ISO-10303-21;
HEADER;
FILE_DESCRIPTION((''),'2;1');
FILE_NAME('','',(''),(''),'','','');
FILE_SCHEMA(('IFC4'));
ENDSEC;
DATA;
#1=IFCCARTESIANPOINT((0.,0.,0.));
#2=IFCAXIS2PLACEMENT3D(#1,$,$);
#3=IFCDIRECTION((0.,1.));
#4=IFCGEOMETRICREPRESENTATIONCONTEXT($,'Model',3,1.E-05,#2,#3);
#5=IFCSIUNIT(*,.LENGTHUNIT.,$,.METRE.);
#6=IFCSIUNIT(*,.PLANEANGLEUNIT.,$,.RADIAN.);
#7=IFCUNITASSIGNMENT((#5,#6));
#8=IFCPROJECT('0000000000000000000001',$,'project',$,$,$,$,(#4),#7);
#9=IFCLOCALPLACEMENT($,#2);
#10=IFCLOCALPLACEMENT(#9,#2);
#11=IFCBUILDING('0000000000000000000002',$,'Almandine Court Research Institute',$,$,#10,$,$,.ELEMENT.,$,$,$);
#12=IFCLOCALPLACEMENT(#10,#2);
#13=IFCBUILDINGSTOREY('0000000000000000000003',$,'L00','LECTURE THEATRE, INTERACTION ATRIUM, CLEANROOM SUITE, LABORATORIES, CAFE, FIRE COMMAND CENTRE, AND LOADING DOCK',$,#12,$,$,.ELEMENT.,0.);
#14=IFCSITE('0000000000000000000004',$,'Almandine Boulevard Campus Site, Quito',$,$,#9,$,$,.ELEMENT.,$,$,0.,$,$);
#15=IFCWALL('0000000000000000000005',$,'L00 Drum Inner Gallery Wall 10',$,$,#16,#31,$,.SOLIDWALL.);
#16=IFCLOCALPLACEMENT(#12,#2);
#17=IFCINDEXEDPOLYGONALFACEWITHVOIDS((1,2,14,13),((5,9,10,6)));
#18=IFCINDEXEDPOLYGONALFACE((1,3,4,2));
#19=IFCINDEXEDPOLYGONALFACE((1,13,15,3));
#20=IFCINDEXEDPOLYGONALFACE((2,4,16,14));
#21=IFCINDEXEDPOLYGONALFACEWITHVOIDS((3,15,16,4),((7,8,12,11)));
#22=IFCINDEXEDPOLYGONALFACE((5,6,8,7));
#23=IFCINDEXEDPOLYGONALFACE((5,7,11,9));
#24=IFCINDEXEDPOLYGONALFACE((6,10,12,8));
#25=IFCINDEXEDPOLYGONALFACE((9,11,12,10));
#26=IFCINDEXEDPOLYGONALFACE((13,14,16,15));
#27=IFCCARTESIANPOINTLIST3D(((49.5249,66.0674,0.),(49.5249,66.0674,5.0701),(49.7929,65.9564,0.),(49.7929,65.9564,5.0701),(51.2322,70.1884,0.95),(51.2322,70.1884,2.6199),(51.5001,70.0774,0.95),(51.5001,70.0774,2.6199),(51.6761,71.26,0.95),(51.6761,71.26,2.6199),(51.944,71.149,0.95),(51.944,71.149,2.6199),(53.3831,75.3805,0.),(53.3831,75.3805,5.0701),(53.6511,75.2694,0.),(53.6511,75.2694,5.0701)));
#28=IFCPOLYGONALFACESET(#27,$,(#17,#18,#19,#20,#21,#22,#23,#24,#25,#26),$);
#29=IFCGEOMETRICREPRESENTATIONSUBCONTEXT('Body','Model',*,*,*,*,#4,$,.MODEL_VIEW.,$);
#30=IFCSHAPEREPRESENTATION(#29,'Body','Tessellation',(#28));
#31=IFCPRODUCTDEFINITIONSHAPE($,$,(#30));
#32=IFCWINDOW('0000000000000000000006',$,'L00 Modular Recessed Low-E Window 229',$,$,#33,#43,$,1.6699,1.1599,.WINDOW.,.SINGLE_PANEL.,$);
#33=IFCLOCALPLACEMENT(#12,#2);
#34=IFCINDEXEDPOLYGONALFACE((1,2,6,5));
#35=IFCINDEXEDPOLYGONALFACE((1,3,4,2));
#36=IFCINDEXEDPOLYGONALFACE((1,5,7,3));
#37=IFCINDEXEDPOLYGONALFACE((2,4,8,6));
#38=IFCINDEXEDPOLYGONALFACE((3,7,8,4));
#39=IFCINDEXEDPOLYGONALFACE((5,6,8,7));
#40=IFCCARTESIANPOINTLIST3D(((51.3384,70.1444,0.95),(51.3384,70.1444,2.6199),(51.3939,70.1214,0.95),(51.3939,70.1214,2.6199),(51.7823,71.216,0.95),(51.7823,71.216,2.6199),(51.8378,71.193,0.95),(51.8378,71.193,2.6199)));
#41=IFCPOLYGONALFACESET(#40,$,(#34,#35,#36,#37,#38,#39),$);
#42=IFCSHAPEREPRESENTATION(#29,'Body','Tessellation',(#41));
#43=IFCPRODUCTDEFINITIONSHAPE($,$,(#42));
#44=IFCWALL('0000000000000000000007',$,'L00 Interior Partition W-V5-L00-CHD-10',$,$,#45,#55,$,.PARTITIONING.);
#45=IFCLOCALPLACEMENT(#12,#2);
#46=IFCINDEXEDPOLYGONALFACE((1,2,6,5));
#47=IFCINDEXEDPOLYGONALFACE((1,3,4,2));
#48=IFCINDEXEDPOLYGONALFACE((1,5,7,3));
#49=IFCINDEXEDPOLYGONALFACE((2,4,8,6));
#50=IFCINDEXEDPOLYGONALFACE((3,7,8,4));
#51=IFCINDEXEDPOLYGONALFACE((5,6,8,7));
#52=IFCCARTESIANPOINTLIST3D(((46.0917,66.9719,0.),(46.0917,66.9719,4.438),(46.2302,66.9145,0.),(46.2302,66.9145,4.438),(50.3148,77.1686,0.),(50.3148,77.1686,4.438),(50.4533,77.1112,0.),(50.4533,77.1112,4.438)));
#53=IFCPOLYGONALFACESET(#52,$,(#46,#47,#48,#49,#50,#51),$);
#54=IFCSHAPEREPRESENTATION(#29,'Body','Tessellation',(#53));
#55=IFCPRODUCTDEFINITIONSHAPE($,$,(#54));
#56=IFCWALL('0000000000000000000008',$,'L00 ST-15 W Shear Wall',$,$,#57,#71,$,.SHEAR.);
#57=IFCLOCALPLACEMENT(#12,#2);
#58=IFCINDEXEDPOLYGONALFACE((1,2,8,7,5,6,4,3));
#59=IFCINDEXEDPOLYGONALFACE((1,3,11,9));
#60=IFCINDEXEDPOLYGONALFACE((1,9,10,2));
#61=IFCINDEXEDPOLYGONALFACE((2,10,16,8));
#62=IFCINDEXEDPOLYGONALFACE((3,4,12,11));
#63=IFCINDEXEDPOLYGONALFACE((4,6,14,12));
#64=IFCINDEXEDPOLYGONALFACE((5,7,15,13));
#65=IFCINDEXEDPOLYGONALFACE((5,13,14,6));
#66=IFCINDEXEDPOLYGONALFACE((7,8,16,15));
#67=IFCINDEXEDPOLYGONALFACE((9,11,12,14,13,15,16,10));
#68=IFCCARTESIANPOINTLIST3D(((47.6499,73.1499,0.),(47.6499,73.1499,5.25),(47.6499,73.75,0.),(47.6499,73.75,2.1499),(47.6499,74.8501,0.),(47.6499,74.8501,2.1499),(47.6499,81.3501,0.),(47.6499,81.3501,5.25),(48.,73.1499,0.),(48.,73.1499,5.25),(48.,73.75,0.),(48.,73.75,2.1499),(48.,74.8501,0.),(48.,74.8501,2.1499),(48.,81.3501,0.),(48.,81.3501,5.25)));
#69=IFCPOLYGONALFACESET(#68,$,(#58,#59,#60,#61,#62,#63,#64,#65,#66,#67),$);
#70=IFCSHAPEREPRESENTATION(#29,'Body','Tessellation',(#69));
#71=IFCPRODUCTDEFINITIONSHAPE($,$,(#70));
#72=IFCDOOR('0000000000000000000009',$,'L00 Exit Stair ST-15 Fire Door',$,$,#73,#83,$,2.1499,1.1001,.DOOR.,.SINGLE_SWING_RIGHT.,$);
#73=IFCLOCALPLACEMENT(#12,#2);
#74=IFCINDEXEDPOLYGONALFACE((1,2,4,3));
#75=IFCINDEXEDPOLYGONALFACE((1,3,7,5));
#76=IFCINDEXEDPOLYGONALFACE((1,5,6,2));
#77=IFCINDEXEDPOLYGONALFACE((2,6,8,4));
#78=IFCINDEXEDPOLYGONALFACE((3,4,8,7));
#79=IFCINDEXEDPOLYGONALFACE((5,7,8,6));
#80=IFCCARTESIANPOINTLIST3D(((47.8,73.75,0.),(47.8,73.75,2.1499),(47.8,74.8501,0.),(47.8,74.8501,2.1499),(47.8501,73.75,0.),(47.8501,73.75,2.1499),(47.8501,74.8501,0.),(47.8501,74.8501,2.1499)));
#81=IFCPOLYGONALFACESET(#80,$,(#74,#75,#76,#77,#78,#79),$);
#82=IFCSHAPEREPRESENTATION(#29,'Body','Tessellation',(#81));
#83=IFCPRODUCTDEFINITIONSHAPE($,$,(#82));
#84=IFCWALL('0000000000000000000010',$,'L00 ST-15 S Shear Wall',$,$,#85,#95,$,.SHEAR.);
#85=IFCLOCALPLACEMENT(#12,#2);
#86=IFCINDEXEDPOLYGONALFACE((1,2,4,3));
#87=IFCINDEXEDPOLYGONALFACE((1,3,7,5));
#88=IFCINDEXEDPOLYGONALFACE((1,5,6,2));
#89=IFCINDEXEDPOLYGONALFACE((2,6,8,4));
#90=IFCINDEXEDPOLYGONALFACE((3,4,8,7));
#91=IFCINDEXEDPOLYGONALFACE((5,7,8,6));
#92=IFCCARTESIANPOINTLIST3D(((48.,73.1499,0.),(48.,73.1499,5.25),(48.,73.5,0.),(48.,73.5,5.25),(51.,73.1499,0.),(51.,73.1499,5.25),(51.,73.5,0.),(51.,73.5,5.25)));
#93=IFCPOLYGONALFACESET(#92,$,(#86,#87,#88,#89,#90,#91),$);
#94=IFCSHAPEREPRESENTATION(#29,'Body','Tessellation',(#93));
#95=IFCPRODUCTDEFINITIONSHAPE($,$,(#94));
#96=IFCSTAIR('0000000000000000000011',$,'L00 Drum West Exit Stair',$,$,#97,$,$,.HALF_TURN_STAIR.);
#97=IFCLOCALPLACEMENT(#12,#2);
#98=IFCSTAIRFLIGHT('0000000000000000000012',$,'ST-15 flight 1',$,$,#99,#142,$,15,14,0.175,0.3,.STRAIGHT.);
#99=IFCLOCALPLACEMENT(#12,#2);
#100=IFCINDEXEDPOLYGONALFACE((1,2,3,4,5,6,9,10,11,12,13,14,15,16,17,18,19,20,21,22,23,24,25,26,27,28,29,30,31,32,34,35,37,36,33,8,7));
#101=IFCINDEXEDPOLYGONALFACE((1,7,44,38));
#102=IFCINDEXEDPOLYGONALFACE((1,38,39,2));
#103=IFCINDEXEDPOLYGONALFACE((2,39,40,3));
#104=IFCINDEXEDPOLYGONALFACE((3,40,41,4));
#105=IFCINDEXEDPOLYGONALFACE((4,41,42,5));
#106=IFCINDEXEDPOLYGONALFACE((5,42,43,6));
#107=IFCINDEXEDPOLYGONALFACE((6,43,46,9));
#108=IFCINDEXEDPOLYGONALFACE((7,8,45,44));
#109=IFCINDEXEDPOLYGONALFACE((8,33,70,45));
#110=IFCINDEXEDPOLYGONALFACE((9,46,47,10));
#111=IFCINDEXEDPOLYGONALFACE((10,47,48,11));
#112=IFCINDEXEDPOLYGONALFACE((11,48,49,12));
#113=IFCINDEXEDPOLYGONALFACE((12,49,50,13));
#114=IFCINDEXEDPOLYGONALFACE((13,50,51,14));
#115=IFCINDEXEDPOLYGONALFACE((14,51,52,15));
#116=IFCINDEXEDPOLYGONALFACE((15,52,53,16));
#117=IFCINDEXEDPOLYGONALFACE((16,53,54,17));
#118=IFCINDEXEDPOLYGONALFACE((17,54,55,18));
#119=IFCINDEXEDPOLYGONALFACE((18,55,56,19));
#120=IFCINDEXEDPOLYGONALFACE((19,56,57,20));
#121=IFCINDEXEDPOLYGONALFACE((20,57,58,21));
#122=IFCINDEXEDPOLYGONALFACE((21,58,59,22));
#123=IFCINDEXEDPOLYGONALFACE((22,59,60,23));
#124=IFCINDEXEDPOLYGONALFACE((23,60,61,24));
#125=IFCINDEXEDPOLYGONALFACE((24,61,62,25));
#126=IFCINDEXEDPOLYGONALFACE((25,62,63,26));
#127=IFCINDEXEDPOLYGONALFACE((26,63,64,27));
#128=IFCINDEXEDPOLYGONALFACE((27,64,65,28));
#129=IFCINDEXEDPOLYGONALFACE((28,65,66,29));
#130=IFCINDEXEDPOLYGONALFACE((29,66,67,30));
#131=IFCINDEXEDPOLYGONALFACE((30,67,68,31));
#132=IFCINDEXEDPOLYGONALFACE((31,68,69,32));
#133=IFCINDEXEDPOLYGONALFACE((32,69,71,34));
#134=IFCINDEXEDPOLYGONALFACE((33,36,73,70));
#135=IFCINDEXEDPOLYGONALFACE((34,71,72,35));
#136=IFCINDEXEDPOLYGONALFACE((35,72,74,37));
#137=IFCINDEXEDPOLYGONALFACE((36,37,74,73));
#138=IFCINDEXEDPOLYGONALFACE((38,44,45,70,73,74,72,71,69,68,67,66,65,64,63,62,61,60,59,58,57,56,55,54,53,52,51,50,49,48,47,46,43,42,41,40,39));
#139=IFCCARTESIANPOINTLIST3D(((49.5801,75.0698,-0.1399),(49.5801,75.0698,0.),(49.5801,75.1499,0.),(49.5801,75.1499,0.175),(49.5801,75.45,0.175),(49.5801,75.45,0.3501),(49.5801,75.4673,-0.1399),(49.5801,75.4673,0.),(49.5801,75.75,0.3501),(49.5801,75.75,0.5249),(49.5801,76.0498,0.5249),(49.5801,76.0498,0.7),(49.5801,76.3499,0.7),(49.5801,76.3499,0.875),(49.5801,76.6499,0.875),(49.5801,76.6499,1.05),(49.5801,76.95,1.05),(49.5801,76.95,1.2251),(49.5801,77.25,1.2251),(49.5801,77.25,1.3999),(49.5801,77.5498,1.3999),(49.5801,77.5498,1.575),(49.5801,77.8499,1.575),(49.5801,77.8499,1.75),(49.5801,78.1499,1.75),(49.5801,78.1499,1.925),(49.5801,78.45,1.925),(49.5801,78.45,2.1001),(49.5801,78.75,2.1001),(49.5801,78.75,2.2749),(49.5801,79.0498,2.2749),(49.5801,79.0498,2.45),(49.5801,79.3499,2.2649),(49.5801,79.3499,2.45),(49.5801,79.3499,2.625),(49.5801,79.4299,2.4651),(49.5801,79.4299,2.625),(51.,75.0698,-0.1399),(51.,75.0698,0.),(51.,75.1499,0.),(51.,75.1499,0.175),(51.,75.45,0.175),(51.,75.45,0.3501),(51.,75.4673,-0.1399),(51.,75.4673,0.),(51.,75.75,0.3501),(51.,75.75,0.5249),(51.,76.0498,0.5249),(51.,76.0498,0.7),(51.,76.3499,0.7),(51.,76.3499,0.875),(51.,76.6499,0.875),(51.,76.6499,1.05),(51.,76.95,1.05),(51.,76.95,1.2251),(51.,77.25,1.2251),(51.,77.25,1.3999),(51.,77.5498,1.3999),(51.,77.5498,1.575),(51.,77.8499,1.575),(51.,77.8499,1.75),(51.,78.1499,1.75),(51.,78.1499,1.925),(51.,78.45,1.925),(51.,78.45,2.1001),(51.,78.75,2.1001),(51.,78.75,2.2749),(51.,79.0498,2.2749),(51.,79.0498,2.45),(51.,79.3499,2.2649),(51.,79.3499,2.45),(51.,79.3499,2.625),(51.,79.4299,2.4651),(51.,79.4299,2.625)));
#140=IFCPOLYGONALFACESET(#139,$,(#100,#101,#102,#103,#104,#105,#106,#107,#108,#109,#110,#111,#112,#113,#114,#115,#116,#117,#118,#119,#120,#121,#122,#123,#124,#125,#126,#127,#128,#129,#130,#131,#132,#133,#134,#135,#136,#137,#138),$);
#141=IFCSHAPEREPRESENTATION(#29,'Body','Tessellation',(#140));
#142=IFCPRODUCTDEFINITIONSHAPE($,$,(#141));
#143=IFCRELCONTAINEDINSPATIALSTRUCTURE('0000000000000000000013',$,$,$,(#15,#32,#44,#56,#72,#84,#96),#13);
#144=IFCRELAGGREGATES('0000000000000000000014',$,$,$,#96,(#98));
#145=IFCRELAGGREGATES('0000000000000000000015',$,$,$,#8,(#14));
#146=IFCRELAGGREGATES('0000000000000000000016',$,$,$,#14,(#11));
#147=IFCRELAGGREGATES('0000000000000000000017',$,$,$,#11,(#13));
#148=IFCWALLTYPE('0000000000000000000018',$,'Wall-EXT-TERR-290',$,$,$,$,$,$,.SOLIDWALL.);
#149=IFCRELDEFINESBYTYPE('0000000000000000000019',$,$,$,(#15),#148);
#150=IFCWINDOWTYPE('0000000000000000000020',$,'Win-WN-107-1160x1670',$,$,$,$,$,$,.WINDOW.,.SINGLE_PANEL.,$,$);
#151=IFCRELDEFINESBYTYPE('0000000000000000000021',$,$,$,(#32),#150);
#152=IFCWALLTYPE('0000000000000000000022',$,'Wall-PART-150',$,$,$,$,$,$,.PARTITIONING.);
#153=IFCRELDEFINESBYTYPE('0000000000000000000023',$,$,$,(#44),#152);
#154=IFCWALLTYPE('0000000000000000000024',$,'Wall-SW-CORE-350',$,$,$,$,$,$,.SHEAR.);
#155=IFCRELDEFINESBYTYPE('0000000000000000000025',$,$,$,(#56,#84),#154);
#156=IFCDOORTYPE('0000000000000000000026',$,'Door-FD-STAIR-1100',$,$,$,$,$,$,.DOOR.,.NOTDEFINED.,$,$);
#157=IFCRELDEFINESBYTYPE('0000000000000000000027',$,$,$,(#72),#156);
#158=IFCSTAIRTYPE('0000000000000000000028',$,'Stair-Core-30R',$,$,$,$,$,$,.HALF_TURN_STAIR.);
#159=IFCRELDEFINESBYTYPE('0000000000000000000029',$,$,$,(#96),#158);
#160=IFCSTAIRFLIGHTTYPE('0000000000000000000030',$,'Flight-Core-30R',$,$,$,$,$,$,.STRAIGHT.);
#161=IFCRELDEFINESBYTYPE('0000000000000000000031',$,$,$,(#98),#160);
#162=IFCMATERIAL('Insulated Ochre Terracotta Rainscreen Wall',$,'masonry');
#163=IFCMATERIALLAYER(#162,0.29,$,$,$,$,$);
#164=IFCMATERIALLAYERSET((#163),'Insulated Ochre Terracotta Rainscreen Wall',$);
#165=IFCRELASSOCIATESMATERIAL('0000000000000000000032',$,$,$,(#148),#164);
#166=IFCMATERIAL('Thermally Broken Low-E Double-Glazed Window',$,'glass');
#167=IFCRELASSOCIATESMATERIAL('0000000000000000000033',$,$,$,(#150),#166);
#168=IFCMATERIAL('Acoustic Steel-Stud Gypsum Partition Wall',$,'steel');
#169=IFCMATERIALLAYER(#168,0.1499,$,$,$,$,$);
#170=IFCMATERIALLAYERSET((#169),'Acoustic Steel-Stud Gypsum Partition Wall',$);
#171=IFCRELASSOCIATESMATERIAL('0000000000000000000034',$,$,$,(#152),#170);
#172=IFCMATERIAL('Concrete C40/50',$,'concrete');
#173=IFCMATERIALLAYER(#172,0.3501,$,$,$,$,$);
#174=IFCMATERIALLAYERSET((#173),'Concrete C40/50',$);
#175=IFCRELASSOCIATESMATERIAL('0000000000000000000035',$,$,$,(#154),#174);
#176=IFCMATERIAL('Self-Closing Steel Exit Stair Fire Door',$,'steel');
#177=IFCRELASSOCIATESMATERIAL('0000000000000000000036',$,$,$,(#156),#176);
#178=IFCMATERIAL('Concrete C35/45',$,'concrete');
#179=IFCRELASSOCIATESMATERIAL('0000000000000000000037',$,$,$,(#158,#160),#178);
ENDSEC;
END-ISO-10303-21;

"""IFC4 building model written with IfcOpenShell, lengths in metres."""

from ifc_helpers import new_model, si_unit, direction, frame, frame_2d, origin, place, context, subcontext, project, spatial, polyline, rectangle, outline, extrude, material, layer, layer_set, type_object, element, fill, aggregate, save


model = new_model("IFC4")

# Units and contexts
model_context = context("Model", 3, precision=1e-05, world=origin(), true_north=direction((0.0, 1.0)))
body_context = subcontext(model_context, "Body", "Model", "MODEL_VIEW")
ifc_project = project(units=[si_unit("LENGTHUNIT", "METRE"), si_unit("PLANEANGLEUNIT", "RADIAN")], contexts=[model_context])

# Site, building, storey
site_placement = place(None, origin())
site = spatial("IfcSite", under=ifc_project, at=site_placement, Name="Almandine Boulevard Campus Site, Quito", CompositionType="ELEMENT", RefElevation=0.0)
building_placement = place(site_placement, origin())
building = spatial("IfcBuilding", under=site, at=building_placement, Name="Almandine Court Research Institute", CompositionType="ELEMENT")
storey_placement = place(building_placement, origin())
storey = spatial("IfcBuildingStorey", under=building, at=storey_placement, Name="L00", Description="LECTURE THEATRE, INTERACTION ATRIUM, CLEANROOM SUITE, LABORATORIES, CAFE, FIRE COMMAND CENTRE, AND LOADING DOCK", CompositionType="ELEMENT", Elevation=0.0)

# Wall, opening, window
ifc_material_1 = material(Name="Insulated Ochre Terracotta Rainscreen Wall", Category="masonry")
ifc_layer_1 = layer(ifc_material_1, 0.29)
ifc_layer_set_1 = layer_set([ifc_layer_1], Name="Insulated Ochre Terracotta Rainscreen Wall")
wall_type_1 = type_object("IfcWallType", Name="Wall-EXT-TERR-290", PredefinedType="SOLIDWALL", material=ifc_layer_set_1)
wall_1_placement = place(storey_placement, frame((53.5171, 75.325, 0.0), z_axis=(0.0, 0.0, 1.0), x_axis=(-0.382733, -0.923859, 0.0)))
wall_1 = element("IfcWall", 1, at=wall_1_placement, inside=storey, type_object=wall_type_1, Name="L00 Drum Inner Gallery Wall 10", PredefinedType="SOLIDWALL", context=body_context, shape_type="SweptSolid", body=[
    extrude(rectangle(XDim=10.0806, YDim=0.29, at=frame_2d((5.0403, 0.0))), origin(), (0.0, 0.0, 1.0), 5.0701),
])
opening_1_placement = place(wall_1_placement, frame((4.46, 0.0, 0.95)))
opening_1 = element("IfcOpeningElement", 2, at=opening_1_placement, cuts=wall_1, PredefinedType="OPENING", context=body_context, shape_type="SweptSolid", body=[
    extrude(rectangle(XDim=1.1599, YDim=1.6699, at=frame_2d((0.5801, 0.835))), frame((0.0, 0.155, 0.0), z_axis=(0.0, -1.0, 0.0), x_axis=(1.0, 0.0, 0.0)), (0.0, 0.0, 1.0), 0.3101),
])
ifc_material_2 = material(Name="Thermally Broken Low-E Double-Glazed Window", Category="glass")
window_type = type_object("IfcWindowType", Name="Win-WN-107-1160x1670", PartitioningType="SINGLE_PANEL", PredefinedType="WINDOW", material=ifc_material_2)
window_placement = place(opening_1_placement, origin())
window = element("IfcWindow", 3, at=window_placement, inside=storey, type_object=window_type, Name="L00 Modular Recessed Low-E Window 229", OverallHeight=1.6699, OverallWidth=1.1599, PartitioningType="SINGLE_PANEL", PredefinedType="WINDOW", context=body_context, shape_type="SweptSolid", body=[
    extrude(rectangle(XDim=1.1599, YDim=1.6699, at=frame_2d((0.5801, 0.835))), frame((0.0, 0.03, 0.0), z_axis=(0.0, -1.0, 0.0), x_axis=(1.0, 0.0, 0.0)), (0.0, 0.0, 1.0), 0.0601),
])
fill(opening_1, window)

# Wall
ifc_material_3 = material(Name="Acoustic Steel-Stud Gypsum Partition Wall", Category="steel")
ifc_layer_2 = layer(ifc_material_3, 0.1499)
ifc_layer_set_2 = layer_set([ifc_layer_2], Name="Acoustic Steel-Stud Gypsum Partition Wall")
wall_type_2 = type_object("IfcWallType", Name="Wall-PART-150", PredefinedType="PARTITIONING", material=ifc_layer_set_2)
wall_2_placement = place(storey_placement, frame((50.384, 77.1399, 0.0), z_axis=(0.0, 0.0, 1.0), x_axis=(-0.382645, -0.923896, 0.0)))
element("IfcWall", 4, at=wall_2_placement, inside=storey, type_object=wall_type_2, Name="L00 Interior Partition W-V5-L00-CHD-10", PredefinedType="PARTITIONING", context=body_context, shape_type="SweptSolid", body=[
    extrude(rectangle(XDim=11.0366, YDim=0.1499, at=frame_2d((5.5183, 0.0))), origin(), (0.0, 0.0, 1.0), 4.438),
])

# Wall, opening, door
ifc_material_4 = material(Name="Concrete C40/50", Category="concrete")
ifc_layer_3 = layer(ifc_material_4, 0.3501)
ifc_layer_set_3 = layer_set([ifc_layer_3], Name="Concrete C40/50")
wall_type_3 = type_object("IfcWallType", Name="Wall-SW-CORE-350", PredefinedType="SHEAR", material=ifc_layer_set_3)
wall_3_placement = place(storey_placement, frame((47.825, 73.1499, 0.0), z_axis=(0.0, 0.0, 1.0), x_axis=(0.0, 1.0, 0.0)))
wall_3 = element("IfcWall", 5, at=wall_3_placement, inside=storey, type_object=wall_type_3, Name="L00 ST-15 W Shear Wall", PredefinedType="SHEAR", context=body_context, shape_type="SweptSolid", body=[
    extrude(rectangle(XDim=8.2002, YDim=0.3501, at=frame_2d((4.1001, 0.0))), origin(), (0.0, 0.0, 1.0), 5.25),
])
opening_2_placement = place(wall_3_placement, frame((0.6001, 0.0, 0.0)))
opening_2 = element("IfcOpeningElement", 6, at=opening_2_placement, cuts=wall_3, PredefinedType="OPENING", context=body_context, shape_type="SweptSolid", body=[
    extrude(rectangle(XDim=1.1001, YDim=2.1499, at=frame_2d((0.55, 1.075))), frame((0.0, 0.1851, 0.0), z_axis=(0.0, -1.0, 0.0), x_axis=(1.0, 0.0, 0.0)), (0.0, 0.0, 1.0), 0.3701),
])
ifc_material_5 = material(Name="Self-Closing Steel Exit Stair Fire Door", Category="steel")
door_type = type_object("IfcDoorType", Name="Door-FD-STAIR-1100", OperationType="NOTDEFINED", PredefinedType="DOOR", material=ifc_material_5)
door_placement = place(opening_2_placement, origin())
door = element("IfcDoor", 7, at=door_placement, inside=storey, type_object=door_type, Name="L00 Exit Stair ST-15 Fire Door", OperationType="SINGLE_SWING_RIGHT", OverallHeight=2.1499, OverallWidth=1.1001, PredefinedType="DOOR", context=body_context, shape_type="SweptSolid", body=[
    extrude(rectangle(XDim=1.1001, YDim=2.1499, at=frame_2d((0.55, 1.075))), frame((0.0, 0.0249, 0.0), z_axis=(0.0, -1.0, 0.0), x_axis=(1.0, 0.0, 0.0)), (0.0, 0.0, 1.0), 0.05),
])
fill(opening_2, door)

# Wall
wall_4_placement = place(storey_placement, frame((51.0, 73.325, 0.0), z_axis=(0.0, 0.0, 1.0), x_axis=(-1.0, 0.0, 0.0)))
element("IfcWall", 8, at=wall_4_placement, inside=storey, type_object=wall_type_3, Name="L00 ST-15 S Shear Wall", PredefinedType="SHEAR", context=body_context, shape_type="SweptSolid", body=[
    extrude(rectangle(XDim=3.0, YDim=0.3501, at=frame_2d((1.5, 0.0))), origin(), (0.0, 0.0, 1.0), 5.25),
])

# Stair, stair flight
ifc_material_6 = material(Name="Concrete C35/45", Category="concrete")
stair_type = type_object("IfcStairType", Name="Stair-Core-30R", PredefinedType="HALF_TURN_STAIR", material=ifc_material_6)
stair_placement = place(storey_placement, origin())
stair = element("IfcStair", 9, at=stair_placement, inside=storey, type_object=stair_type, Name="L00 Drum West Exit Stair", PredefinedType="HALF_TURN_STAIR")
stair_flight_type = type_object("IfcStairFlightType", Name="Flight-Core-30R", PredefinedType="STRAIGHT", material=ifc_material_6)
stair_flight_1_placement = place(storey_placement, frame((50.29, 75.1499, 0.0), z_axis=(0.0, 0.0, 1.0), x_axis=(0.0, 1.0, 0.0)))
stair_flight_1 = element("IfcStairFlight", 10, at=stair_flight_1_placement, type_object=stair_flight_type, Name="ST-15 flight 1", NumberOfRisers=15, NumberOfTreads=14, PredefinedType="STRAIGHT", RiserHeight=0.175, TreadLength=0.3, context=body_context, shape_type="SweptSolid", body=[
    extrude(outline(polyline([(-0.0801, -0.1399), (-0.0801, 0.0), (0.0, 0.0), (0.0, 0.175), (0.3, 0.175), (0.3, 0.3501), (0.6001, 0.3501), (0.6001, 0.5249), (0.8999, 0.5249), (0.8999, 0.7), (1.2, 0.7), (1.2, 0.875), (1.5, 0.875), (1.5, 1.05), (1.8, 1.05), (1.8, 1.2251), (2.1001, 1.2251), (2.1001, 1.3999), (2.3999, 1.3999), (2.3999, 1.575), (2.7, 1.575), (2.7, 1.75), (3.0, 1.75), (3.0, 1.925), (3.3, 1.925), (3.3, 2.1001), (3.6001, 2.1001), (3.6001, 2.2749), (3.8999, 2.2749), (3.8999, 2.45), (4.2, 2.45), (4.2, 2.625), (4.28, 2.625), (4.28, 2.4651), (4.2, 2.2649), (0.3174, 0.0), (0.3174, -0.1399), (-0.0801, -0.1399)])), frame((0.0, 0.71, 0.0), z_axis=(0.0, -1.0, 0.0), x_axis=(1.0, 0.0, 0.0)), (0.0, 0.0, 1.0), 1.4199),
])
aggregate(stair, [stair_flight_1])

save(model, "model.ifc")
